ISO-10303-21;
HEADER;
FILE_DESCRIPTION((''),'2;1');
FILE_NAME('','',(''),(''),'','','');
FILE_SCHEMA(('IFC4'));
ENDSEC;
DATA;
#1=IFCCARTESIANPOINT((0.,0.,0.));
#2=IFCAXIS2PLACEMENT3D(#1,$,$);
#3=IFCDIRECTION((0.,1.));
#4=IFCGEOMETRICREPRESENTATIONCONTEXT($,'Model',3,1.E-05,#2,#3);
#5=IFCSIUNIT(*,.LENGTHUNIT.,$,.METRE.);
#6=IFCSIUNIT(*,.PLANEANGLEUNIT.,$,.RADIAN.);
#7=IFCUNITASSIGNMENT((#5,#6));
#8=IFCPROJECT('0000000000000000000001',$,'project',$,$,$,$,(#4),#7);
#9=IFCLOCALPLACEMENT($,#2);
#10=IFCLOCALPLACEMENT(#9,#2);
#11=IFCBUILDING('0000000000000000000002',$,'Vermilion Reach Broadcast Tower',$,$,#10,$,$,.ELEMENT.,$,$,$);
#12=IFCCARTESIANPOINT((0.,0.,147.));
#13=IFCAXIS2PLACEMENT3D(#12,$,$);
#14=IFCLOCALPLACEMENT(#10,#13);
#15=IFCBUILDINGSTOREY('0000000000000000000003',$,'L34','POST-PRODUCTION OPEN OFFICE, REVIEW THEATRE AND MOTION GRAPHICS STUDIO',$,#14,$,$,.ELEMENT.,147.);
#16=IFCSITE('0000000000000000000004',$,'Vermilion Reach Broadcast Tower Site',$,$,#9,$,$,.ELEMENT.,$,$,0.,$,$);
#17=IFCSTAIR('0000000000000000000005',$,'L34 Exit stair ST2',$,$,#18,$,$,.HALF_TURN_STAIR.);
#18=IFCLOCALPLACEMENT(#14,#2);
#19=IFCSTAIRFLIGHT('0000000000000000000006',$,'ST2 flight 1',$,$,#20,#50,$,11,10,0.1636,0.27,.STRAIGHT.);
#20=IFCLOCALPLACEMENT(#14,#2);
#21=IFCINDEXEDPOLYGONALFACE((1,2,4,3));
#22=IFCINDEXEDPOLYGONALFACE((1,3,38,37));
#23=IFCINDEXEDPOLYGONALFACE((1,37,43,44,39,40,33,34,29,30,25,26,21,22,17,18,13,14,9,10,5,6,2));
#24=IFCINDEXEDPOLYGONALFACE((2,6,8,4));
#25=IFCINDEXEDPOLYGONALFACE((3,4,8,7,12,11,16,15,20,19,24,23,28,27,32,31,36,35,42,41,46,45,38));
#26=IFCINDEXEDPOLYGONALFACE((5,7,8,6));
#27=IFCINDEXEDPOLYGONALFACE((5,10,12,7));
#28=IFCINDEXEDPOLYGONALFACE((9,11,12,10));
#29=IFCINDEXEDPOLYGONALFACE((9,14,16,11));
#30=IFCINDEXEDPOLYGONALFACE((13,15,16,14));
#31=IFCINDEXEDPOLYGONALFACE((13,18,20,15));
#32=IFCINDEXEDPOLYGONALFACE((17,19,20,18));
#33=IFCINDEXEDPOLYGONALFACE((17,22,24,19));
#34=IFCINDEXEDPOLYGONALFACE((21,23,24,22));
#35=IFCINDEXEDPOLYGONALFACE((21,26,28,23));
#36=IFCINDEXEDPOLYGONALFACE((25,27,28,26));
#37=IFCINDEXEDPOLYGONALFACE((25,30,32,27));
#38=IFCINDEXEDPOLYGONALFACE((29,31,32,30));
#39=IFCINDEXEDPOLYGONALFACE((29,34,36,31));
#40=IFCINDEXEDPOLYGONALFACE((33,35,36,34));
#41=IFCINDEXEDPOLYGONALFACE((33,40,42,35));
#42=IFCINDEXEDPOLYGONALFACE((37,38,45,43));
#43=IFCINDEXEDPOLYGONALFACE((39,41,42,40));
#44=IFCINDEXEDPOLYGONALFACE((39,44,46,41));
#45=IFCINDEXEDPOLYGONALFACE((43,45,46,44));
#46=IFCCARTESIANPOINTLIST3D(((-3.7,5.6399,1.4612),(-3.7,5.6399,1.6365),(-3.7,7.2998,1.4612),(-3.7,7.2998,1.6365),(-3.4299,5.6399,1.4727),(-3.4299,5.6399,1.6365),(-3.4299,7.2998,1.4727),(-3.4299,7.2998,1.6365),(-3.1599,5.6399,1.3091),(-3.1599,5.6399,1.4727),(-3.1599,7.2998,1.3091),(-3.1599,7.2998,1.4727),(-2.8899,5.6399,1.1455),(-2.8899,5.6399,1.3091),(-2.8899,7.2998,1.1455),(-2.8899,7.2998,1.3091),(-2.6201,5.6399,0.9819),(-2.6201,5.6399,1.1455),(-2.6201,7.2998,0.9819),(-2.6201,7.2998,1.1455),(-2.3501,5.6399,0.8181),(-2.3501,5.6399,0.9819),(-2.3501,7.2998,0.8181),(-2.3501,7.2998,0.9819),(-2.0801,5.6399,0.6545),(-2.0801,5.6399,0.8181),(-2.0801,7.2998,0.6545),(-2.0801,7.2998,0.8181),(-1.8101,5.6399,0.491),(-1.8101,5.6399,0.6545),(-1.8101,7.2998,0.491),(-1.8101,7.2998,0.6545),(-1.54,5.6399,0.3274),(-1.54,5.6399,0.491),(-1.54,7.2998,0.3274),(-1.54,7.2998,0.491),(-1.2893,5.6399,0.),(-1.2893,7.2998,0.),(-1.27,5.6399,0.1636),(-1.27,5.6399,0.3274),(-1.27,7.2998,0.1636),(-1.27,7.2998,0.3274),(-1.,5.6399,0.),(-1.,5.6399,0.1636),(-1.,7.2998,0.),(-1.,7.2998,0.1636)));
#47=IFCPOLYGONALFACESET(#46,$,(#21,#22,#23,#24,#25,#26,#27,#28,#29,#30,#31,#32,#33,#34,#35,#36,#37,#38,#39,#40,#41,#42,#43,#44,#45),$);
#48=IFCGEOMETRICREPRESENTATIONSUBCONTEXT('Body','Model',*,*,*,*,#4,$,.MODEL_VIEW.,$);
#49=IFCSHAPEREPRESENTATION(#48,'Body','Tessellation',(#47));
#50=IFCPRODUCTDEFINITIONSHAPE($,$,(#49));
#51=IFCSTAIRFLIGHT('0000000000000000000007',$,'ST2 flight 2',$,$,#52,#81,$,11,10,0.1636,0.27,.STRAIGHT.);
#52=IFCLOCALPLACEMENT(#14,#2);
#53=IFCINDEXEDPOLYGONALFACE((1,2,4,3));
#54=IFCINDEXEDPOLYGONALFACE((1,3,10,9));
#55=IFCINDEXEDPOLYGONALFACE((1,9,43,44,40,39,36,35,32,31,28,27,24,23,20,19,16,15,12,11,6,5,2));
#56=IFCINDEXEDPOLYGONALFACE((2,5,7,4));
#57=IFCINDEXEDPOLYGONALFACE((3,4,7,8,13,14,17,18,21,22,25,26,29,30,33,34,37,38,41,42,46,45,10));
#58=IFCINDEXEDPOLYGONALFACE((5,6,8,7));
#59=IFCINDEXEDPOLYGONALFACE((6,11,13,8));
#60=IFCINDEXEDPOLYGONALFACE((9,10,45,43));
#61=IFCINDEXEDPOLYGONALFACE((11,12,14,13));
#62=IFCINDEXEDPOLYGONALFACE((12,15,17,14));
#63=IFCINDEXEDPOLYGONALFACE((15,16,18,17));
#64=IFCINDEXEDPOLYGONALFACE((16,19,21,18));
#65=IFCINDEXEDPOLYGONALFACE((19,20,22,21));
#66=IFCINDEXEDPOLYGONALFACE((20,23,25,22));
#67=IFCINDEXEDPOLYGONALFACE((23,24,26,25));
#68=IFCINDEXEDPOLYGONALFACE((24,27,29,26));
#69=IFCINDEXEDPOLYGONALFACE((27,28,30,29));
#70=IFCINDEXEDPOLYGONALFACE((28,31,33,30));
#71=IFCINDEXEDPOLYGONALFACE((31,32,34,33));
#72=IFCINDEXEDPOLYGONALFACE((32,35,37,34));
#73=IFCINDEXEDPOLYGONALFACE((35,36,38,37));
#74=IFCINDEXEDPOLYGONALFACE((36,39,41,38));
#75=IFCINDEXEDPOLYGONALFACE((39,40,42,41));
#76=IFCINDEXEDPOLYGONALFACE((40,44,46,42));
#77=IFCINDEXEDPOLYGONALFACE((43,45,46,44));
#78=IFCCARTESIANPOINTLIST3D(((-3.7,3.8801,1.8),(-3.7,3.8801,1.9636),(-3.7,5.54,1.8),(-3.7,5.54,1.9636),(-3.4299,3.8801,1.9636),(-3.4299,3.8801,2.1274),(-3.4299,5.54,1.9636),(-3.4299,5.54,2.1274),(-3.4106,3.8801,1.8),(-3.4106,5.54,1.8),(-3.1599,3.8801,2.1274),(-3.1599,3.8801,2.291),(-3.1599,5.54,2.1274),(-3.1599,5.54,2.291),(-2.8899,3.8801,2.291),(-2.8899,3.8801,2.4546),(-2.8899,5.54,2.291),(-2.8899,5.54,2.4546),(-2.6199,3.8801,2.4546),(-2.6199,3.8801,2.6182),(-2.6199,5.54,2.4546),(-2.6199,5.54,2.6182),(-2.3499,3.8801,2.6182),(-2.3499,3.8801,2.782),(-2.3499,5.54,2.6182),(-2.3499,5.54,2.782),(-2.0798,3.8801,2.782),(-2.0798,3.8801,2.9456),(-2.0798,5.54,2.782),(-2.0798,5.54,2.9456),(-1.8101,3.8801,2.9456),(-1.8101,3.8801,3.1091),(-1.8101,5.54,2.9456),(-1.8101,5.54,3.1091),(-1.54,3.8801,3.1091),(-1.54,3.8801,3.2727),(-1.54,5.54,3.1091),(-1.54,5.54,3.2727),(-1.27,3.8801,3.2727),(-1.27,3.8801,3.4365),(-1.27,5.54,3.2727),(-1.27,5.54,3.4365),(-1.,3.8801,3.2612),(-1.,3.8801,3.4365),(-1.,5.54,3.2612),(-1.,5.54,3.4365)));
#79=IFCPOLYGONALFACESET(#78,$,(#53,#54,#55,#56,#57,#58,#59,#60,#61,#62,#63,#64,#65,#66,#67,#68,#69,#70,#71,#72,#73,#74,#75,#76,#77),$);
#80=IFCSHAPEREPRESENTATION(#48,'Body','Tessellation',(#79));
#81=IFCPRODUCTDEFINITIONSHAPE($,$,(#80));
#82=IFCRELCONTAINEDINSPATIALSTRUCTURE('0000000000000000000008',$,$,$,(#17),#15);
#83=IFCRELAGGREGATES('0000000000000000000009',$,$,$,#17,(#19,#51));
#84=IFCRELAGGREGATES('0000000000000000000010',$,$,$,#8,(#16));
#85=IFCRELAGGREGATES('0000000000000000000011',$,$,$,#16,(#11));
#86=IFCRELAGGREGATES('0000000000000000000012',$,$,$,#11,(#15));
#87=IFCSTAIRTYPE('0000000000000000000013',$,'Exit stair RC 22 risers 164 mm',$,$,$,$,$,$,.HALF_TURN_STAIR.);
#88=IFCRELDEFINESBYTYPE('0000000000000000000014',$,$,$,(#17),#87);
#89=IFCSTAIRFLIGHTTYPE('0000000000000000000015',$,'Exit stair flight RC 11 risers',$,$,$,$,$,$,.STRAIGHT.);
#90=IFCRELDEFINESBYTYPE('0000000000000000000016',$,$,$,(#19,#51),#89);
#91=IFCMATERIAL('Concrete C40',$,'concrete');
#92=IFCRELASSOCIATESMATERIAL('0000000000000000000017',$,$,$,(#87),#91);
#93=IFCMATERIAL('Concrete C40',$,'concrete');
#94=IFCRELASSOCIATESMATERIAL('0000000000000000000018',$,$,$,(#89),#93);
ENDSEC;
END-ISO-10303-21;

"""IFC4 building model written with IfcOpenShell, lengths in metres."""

from ifc_helpers import new_model, si_unit, direction, frame, origin, place, context, subcontext, project, spatial, polyline, outline, extrude, material, type_object, element, aggregate, save


model = new_model("IFC4")

# Units and contexts
model_context = context("Model", 3, precision=1e-05, world=origin(), true_north=direction((0.0, 1.0)))
body_context = subcontext(model_context, "Body", "Model", "MODEL_VIEW")
ifc_project = project(units=[si_unit("LENGTHUNIT", "METRE"), si_unit("PLANEANGLEUNIT", "RADIAN")], contexts=[model_context])

# Site, building, storey
site_placement = place(None, origin())
site = spatial("IfcSite", under=ifc_project, at=site_placement, Name="Vermilion Reach Broadcast Tower Site", CompositionType="ELEMENT", RefElevation=0.0)
building_placement = place(site_placement, origin())
building = spatial("IfcBuilding", under=site, at=building_placement, Name="Vermilion Reach Broadcast Tower", CompositionType="ELEMENT")
storey_placement = place(building_placement, frame((0.0, 0.0, 147.0)))
storey = spatial("IfcBuildingStorey", under=building, at=storey_placement, Name="L34", Description="POST-PRODUCTION OPEN OFFICE, REVIEW THEATRE AND MOTION GRAPHICS STUDIO", CompositionType="ELEMENT", Elevation=147.0)

# Stair
ifc_material_1 = material(Name="Concrete C40", Category="concrete")
stair_type = type_object("IfcStairType", Name="Exit stair RC 22 risers 164 mm", PredefinedType="HALF_TURN_STAIR", material=ifc_material_1)
placement_1 = place(storey_placement, origin())
stair_1 = element("IfcStair", 1, at=placement_1, inside=storey, type_object=stair_type, Name="L34 Exit stair ST2", PredefinedType="HALF_TURN_STAIR")

# Stair flights
ifc_material_2 = material(Name="Concrete C40", Category="concrete")
stair_flight_type = type_object("IfcStairFlightType", Name="Exit stair flight RC 11 risers", PredefinedType="STRAIGHT", material=ifc_material_2)
stair_flight_1_placement = place(storey_placement, frame((-1.0, 6.47, 0.0), z_axis=(0.0, 0.0, 1.0), x_axis=(-1.0, 0.0, 0.0)))
stair_flight_1 = element("IfcStairFlight", 2, at=stair_flight_1_placement, type_object=stair_flight_type, Name="ST2 flight 1", NumberOfRisers=11, NumberOfTreads=10, PredefinedType="STRAIGHT", RiserHeight=0.1636, TreadLength=0.27, context=body_context, shape_type="SweptSolid", body=[
    extrude(outline(polyline([(0.0, 0.0), (0.0, 0.1636), (0.27, 0.1636), (0.27, 0.3274), (0.54, 0.3274), (0.54, 0.491), (0.8101, 0.491), (0.8101, 0.6545), (1.0801, 0.6545), (1.0801, 0.8181), (1.3501, 0.8181), (1.3501, 0.9819), (1.6201, 0.9819), (1.6201, 1.1455), (1.8899, 1.1455), (1.8899, 1.3091), (2.1599, 1.3091), (2.1599, 1.4727), (2.4299, 1.4727), (2.4299, 1.6365), (2.7, 1.6365), (2.7, 1.8), (2.7, 1.4612), (0.2893, 0.0), (0.0, 0.0)])), frame((0.0, 0.8301, 0.0), z_axis=(0.0, -1.0, 0.0), x_axis=(1.0, 0.0, 0.0)), (0.0, 0.0, 1.0), 1.6599),
])
stair_flight_2_placement = place(storey_placement, frame((-3.7, 4.71, 1.8), z_axis=(0.0, 0.0, 1.0), x_axis=(1.0, 0.0, 0.0)))
stair_flight_2 = element("IfcStairFlight", 3, at=stair_flight_2_placement, type_object=stair_flight_type, Name="ST2 flight 2", NumberOfRisers=11, NumberOfTreads=10, PredefinedType="STRAIGHT", RiserHeight=0.1636, TreadLength=0.27, context=body_context, shape_type="SweptSolid", body=[
    extrude(outline(polyline([(0.0, 0.0), (0.0, 0.1636), (0.27, 0.1636), (0.27, 0.3274), (0.54, 0.3274), (0.54, 0.491), (0.8101, 0.491), (0.8101, 0.6545), (1.0801, 0.6545), (1.0801, 0.8181), (1.3501, 0.8181), (1.3501, 0.9819), (1.6201, 0.9819), (1.6201, 1.1455), (1.8899, 1.1455), (1.8899, 1.3091), (2.1599, 1.3091), (2.1599, 1.4727), (2.4299, 1.4727), (2.4299, 1.6365), (2.7, 1.6365), (2.7, 1.8), (2.7, 1.4612), (0.2893, 0.0), (0.0, 0.0)])), frame((0.0, 0.8301, 0.0), z_axis=(0.0, -1.0, 0.0), x_axis=(1.0, 0.0, 0.0)), (0.0, 0.0, 1.0), 1.6599),
])
aggregate(stair_1, [stair_flight_1, stair_flight_2])

save(model, "model.ifc")
